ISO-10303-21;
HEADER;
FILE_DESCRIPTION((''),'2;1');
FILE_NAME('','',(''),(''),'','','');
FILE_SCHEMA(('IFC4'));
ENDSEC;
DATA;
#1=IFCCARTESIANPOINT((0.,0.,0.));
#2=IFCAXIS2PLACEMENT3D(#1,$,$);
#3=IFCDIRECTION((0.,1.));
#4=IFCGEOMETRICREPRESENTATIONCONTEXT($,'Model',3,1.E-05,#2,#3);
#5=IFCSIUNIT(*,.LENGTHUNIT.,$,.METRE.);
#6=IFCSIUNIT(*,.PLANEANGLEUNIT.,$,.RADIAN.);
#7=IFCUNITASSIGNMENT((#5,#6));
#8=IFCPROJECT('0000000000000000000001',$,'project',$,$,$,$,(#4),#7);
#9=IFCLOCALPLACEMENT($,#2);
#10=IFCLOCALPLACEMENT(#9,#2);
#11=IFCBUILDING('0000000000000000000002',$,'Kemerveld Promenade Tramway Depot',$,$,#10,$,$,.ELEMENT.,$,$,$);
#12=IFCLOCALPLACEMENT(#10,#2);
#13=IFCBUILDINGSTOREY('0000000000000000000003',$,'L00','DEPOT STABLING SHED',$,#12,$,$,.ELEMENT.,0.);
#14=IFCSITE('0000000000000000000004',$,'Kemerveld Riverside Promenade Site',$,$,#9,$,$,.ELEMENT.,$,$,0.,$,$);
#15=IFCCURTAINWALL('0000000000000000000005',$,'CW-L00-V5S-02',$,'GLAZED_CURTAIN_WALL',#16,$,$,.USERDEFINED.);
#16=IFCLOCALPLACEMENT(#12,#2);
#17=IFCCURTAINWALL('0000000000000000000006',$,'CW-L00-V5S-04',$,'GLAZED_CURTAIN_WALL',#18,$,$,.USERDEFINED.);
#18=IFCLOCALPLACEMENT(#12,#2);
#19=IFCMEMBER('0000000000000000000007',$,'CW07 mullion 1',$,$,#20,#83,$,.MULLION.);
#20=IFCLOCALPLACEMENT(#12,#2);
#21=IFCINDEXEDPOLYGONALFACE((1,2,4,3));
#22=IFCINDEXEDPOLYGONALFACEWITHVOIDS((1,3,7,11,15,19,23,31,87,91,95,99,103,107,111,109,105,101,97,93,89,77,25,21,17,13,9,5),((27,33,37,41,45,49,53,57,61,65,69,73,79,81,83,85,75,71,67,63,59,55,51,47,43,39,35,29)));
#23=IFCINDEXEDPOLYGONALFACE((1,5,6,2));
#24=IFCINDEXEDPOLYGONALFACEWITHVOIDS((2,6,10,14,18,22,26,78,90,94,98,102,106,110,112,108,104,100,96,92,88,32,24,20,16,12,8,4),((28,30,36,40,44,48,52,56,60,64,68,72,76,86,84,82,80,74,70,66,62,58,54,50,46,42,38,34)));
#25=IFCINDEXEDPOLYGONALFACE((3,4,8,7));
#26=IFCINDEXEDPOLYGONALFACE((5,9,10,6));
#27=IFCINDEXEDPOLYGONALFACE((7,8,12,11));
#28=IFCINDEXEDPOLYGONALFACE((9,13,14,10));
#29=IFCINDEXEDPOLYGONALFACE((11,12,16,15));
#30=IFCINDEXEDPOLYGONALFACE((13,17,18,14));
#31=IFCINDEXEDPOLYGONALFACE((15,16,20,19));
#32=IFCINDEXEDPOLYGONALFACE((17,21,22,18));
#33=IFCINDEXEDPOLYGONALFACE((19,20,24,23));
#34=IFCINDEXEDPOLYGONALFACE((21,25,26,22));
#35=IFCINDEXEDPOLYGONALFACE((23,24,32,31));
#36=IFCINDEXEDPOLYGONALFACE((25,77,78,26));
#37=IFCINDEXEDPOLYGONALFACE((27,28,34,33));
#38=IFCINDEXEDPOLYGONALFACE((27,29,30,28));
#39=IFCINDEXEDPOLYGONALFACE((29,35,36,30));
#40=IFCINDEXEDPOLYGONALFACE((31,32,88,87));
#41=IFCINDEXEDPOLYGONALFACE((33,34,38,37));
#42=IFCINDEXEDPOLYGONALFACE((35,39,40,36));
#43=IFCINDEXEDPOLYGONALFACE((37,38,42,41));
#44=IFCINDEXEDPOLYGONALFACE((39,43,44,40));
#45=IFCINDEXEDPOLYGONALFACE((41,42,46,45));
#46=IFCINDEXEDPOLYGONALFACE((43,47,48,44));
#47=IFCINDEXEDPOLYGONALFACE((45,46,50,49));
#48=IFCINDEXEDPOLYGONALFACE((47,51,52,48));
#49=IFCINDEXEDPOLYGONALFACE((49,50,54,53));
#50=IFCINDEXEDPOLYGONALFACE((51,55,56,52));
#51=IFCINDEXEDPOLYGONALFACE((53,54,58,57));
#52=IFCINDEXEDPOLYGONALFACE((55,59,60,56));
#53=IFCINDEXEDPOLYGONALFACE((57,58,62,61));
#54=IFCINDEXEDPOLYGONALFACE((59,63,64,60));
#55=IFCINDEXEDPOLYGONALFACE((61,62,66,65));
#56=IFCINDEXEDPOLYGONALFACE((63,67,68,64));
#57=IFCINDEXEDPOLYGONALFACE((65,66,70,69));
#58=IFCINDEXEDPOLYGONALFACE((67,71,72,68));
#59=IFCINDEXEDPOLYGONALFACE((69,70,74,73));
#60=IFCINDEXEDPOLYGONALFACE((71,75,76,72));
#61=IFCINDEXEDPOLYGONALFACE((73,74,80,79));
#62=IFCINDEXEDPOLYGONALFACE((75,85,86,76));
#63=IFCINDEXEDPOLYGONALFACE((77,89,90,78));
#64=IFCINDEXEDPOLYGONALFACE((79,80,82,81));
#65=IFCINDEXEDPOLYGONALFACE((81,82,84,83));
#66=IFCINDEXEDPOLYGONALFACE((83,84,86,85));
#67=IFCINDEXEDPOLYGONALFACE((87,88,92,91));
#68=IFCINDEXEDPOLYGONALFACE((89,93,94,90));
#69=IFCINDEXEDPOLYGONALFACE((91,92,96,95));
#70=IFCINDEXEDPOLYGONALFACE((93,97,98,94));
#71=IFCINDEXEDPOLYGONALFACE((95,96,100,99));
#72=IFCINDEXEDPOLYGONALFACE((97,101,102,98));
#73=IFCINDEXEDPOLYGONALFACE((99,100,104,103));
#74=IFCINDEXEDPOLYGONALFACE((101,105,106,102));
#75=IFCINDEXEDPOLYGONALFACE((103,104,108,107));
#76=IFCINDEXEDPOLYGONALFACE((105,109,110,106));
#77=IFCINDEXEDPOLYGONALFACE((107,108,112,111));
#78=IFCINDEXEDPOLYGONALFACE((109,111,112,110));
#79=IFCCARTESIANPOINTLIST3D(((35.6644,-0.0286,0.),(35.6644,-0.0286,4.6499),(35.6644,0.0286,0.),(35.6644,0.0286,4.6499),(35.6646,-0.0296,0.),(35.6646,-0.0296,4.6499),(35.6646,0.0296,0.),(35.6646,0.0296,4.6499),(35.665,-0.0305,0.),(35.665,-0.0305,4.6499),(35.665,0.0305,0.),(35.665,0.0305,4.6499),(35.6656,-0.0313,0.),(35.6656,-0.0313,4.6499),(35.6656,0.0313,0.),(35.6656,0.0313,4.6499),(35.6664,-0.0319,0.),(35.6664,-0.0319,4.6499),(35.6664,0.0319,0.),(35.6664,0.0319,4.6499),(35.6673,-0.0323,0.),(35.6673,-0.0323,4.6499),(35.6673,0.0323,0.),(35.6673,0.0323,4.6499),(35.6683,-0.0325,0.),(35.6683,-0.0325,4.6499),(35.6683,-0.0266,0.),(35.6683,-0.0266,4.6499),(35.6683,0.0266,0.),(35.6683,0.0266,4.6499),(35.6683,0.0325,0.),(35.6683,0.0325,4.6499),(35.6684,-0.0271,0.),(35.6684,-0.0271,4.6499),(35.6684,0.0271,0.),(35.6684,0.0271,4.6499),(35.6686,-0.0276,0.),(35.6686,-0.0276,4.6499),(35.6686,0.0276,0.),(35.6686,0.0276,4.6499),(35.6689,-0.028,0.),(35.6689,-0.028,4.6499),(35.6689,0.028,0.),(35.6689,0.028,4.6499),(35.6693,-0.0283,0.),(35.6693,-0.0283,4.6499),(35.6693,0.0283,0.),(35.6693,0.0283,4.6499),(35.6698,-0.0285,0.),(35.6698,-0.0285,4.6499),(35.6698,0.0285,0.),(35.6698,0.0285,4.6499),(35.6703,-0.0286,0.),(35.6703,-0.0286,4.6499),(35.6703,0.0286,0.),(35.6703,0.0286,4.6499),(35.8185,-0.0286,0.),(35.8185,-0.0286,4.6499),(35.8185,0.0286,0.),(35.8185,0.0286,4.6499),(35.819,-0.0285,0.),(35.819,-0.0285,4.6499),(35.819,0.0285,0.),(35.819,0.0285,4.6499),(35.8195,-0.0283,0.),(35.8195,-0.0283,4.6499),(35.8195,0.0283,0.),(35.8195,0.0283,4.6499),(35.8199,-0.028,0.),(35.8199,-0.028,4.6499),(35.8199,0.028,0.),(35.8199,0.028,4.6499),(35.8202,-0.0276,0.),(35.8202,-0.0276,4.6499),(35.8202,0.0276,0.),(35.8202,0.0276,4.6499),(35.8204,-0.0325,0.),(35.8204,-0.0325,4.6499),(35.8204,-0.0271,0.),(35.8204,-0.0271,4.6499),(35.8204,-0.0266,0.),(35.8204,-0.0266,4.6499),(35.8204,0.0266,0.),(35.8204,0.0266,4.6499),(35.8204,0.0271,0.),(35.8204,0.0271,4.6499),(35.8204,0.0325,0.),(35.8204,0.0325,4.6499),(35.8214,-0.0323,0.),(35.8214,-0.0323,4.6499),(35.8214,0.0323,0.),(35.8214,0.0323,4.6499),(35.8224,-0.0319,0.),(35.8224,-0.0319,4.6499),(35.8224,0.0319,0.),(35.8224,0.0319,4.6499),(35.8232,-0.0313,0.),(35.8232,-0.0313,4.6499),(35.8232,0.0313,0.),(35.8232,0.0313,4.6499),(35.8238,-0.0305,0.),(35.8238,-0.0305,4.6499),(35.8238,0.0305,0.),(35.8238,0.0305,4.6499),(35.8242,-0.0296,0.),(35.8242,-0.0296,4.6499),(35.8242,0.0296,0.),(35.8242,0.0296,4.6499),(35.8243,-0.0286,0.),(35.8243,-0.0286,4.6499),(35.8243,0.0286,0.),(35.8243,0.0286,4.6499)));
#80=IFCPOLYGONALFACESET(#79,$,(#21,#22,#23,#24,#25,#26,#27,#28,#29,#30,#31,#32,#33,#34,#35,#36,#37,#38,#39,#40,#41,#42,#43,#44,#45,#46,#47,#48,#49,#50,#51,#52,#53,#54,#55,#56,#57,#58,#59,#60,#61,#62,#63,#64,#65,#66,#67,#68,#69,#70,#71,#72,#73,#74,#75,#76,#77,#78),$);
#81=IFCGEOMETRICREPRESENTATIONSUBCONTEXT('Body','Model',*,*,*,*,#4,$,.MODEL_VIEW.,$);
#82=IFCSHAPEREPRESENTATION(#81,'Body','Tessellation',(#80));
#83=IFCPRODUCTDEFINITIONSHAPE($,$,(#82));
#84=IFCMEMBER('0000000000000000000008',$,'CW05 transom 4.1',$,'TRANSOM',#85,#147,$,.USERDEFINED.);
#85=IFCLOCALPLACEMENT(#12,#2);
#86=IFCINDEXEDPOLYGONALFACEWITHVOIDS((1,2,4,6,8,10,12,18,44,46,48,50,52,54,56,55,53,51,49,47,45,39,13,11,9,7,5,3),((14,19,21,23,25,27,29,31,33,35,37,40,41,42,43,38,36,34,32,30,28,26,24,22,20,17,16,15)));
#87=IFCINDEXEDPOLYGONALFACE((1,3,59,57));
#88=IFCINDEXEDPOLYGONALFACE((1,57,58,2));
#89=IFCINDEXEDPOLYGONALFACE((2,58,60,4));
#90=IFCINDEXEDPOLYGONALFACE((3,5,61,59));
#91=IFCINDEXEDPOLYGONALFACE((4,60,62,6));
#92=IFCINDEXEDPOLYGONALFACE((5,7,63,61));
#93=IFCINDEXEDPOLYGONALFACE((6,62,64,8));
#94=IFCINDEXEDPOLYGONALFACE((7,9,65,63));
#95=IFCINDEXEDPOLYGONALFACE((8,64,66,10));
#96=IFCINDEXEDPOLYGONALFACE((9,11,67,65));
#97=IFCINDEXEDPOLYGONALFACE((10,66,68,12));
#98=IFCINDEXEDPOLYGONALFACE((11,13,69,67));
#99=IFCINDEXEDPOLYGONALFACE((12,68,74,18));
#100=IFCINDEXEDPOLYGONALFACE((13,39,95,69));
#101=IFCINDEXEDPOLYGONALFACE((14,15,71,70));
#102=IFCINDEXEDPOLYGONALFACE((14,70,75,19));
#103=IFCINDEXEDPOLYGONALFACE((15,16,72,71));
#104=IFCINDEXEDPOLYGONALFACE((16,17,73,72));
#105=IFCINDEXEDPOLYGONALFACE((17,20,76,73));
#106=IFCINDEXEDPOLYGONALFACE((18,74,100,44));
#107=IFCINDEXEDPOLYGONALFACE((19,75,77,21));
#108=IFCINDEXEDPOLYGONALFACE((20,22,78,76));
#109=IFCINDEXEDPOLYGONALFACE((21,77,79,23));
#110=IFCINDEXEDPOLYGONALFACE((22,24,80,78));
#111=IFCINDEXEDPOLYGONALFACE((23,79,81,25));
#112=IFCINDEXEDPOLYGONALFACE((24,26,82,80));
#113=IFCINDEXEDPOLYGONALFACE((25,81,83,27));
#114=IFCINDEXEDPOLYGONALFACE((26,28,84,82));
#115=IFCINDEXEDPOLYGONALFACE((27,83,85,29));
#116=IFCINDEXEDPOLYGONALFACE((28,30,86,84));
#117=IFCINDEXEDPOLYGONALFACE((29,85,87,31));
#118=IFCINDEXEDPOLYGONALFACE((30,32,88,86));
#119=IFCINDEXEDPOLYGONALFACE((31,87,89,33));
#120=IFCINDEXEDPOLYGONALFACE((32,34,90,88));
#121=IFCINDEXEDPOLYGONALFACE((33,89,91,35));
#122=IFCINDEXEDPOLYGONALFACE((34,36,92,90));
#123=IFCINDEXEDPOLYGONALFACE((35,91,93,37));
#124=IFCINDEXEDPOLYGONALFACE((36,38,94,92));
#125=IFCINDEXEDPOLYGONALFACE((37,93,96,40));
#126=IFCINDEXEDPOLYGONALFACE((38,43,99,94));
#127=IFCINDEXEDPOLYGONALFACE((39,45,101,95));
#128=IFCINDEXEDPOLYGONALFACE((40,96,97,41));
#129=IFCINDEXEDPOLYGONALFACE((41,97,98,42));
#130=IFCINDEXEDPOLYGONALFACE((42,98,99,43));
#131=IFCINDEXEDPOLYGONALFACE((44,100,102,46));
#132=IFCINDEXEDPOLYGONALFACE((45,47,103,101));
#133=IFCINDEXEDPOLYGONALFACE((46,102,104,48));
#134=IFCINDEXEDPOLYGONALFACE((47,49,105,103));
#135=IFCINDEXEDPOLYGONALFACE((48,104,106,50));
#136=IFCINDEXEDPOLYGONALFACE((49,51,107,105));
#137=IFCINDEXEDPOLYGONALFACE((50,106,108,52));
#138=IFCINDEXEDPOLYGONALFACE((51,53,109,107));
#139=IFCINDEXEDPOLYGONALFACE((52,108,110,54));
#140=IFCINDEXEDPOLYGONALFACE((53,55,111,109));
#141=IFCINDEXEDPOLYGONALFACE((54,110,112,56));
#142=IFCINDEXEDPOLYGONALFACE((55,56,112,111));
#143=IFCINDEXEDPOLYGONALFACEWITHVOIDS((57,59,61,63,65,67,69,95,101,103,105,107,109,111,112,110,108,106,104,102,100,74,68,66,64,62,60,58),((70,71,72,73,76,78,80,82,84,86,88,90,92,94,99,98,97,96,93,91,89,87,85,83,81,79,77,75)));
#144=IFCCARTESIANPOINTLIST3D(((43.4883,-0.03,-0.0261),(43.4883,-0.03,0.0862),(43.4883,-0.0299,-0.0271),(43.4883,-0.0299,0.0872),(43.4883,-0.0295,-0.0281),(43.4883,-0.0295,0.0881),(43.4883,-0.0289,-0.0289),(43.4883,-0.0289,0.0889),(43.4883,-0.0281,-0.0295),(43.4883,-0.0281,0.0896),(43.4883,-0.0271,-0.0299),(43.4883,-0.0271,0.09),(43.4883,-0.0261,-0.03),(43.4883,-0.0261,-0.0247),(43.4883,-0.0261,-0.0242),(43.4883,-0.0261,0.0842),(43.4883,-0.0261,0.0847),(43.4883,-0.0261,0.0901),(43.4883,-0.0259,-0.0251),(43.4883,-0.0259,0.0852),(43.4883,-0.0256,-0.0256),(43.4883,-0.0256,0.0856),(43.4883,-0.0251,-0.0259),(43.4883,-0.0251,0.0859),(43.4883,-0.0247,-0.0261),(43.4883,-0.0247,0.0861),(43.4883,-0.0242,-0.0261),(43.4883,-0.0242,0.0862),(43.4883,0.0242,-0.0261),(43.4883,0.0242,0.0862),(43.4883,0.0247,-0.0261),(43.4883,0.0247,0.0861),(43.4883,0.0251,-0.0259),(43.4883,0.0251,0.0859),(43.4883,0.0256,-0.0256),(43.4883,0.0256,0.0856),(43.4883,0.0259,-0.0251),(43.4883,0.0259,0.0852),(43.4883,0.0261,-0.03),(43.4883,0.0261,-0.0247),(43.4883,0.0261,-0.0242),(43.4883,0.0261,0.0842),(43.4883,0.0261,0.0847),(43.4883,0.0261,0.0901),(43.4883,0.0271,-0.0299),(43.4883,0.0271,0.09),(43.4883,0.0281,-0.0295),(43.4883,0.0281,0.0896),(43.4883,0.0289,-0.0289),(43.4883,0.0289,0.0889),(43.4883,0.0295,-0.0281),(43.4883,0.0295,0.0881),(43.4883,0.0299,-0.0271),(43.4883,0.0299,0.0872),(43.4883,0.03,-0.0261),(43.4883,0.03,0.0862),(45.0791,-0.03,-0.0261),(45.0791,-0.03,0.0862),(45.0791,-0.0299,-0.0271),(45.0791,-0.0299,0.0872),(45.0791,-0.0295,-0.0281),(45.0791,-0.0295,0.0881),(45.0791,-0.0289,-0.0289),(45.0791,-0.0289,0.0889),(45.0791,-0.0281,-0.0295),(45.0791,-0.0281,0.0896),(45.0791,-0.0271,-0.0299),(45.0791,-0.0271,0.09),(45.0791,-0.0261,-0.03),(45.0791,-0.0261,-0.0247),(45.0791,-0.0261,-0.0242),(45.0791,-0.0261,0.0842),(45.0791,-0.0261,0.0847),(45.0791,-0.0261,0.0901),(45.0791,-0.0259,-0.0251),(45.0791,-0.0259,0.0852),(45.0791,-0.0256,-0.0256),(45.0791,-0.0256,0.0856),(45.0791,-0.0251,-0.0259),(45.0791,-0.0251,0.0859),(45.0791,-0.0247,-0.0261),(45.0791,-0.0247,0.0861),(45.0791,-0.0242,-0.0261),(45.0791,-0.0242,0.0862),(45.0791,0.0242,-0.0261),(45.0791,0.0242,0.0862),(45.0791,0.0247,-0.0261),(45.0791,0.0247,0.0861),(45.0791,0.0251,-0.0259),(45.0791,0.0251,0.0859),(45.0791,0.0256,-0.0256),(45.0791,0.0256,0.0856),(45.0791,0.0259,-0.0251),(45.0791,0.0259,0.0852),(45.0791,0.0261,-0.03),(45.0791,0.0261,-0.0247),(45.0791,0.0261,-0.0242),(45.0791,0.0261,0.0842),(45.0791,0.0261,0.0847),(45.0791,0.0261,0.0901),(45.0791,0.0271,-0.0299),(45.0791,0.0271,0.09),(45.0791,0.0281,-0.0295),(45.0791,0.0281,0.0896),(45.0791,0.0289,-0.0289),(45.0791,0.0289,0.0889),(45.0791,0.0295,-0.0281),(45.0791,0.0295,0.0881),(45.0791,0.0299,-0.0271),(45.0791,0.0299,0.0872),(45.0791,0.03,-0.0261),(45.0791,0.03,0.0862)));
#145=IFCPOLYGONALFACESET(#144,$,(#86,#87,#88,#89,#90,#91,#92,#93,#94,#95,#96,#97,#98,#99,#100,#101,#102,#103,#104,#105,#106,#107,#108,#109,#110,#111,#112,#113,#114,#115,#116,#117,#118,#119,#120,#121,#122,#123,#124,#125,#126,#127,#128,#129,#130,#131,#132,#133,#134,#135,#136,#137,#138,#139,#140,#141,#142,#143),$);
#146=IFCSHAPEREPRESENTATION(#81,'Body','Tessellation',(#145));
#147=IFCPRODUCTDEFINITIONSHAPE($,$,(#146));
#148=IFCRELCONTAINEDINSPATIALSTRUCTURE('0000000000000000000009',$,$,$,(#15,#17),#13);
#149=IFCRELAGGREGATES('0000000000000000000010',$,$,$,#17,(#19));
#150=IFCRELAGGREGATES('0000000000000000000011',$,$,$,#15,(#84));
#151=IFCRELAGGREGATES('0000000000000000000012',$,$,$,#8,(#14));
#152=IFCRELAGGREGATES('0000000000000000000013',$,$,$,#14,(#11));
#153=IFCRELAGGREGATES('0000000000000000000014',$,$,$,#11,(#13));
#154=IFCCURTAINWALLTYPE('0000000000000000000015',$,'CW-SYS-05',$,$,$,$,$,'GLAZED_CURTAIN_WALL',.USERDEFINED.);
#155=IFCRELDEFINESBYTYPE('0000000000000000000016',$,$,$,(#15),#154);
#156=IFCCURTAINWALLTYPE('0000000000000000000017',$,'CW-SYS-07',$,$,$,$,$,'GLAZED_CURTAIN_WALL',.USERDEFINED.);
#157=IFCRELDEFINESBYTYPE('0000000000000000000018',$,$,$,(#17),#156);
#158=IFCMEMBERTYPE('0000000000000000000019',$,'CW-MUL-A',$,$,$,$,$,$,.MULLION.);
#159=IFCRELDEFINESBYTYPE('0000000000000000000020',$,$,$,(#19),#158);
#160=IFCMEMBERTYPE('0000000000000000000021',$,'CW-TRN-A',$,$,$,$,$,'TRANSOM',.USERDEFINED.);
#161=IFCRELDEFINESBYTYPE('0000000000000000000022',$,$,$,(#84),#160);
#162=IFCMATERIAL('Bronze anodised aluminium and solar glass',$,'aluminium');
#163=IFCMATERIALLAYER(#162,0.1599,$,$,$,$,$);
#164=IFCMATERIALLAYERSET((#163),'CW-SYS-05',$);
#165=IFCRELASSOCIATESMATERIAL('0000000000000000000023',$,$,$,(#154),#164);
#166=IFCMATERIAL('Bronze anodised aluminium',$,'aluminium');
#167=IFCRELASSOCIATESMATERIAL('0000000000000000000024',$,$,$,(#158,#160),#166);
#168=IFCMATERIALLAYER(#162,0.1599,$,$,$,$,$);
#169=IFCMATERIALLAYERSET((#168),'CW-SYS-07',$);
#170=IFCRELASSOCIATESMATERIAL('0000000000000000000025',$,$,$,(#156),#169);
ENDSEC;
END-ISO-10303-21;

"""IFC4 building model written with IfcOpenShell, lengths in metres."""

from ifc_helpers import new_model, si_unit, direction, frame, origin, origin_2d, place, context, subcontext, project, spatial, hollow_rectangle, extrude, material, layer, layer_set, material_profile, profile_set, type_object, element, aggregate, save


model = new_model("IFC4")

# Units and contexts
model_context = context("Model", 3, precision=1e-05, world=origin(), true_north=direction((0.0, 1.0)))
body_context = subcontext(model_context, "Body", "Model", "MODEL_VIEW")
ifc_project = project(units=[si_unit("LENGTHUNIT", "METRE"), si_unit("PLANEANGLEUNIT", "RADIAN")], contexts=[model_context])

# Site, building, storey
site_placement = place(None, origin())
site = spatial("IfcSite", under=ifc_project, at=site_placement, Name="Kemerveld Riverside Promenade Site", CompositionType="ELEMENT", RefElevation=0.0)
building_placement = place(site_placement, origin())
building = spatial("IfcBuilding", under=site, at=building_placement, Name="Kemerveld Promenade Tramway Depot", CompositionType="ELEMENT")
storey_placement = place(building_placement, origin())
storey = spatial("IfcBuildingStorey", under=building, at=storey_placement, Name="L00", Description="DEPOT STABLING SHED", CompositionType="ELEMENT", Elevation=0.0)

# Curtain wall
ifc_material_1 = material(Name="Bronze anodised aluminium and solar glass", Category="aluminium")
ifc_layer_1 = layer(ifc_material_1, 0.1599)
ifc_layer_set_1 = layer_set([ifc_layer_1], Name="CW-SYS-05")
curtain_wall_type_1 = type_object("IfcCurtainWallType", Name="CW-SYS-05", ElementType="GLAZED_CURTAIN_WALL", PredefinedType="USERDEFINED", material=ifc_layer_set_1)
curtain_wall_1_placement = place(storey_placement, origin())
curtain_wall_1 = element("IfcCurtainWall", 1, at=curtain_wall_1_placement, inside=storey, type_object=curtain_wall_type_1, Name="CW-L00-V5S-02", ObjectType="GLAZED_CURTAIN_WALL", PredefinedType="USERDEFINED")
ifc_material_2 = material(Name="Bronze anodised aluminium", Category="aluminium")
ifc_material_profile_1 = material_profile(ifc_material_2, hollow_rectangle(XDim=0.0649, YDim=0.1599, WallThickness=0.0039, InnerFilletRadius=0.002, OuterFilletRadius=0.0039, at=origin_2d()), Name="CW-MUL-160x65")
ifc_profile_set_1 = profile_set([ifc_material_profile_1], Name="Bronze anodised aluminium")
member_type_1 = type_object("IfcMemberType", Name="CW-MUL-A", PredefinedType="MULLION", material=ifc_profile_set_1)

# Curtain wall, member
ifc_layer_2 = layer(ifc_material_1, 0.1599)
ifc_layer_set_2 = layer_set([ifc_layer_2], Name="CW-SYS-07")
curtain_wall_type_2 = type_object("IfcCurtainWallType", Name="CW-SYS-07", ElementType="GLAZED_CURTAIN_WALL", PredefinedType="USERDEFINED", material=ifc_layer_set_2)
curtain_wall_2_placement = place(storey_placement, origin())
curtain_wall_2 = element("IfcCurtainWall", 2, at=curtain_wall_2_placement, inside=storey, type_object=curtain_wall_type_2, Name="CW-L00-V5S-04", ObjectType="GLAZED_CURTAIN_WALL", PredefinedType="USERDEFINED")
member_1_placement = place(storey_placement, frame((35.7444, 0.0, 0.0), z_axis=(0.0, 0.0, 1.0), x_axis=(0.0, -1.0, 0.0)))
member_1 = element("IfcMember", 3, at=member_1_placement, type_object=member_type_1, Name="CW07 mullion 1", PredefinedType="MULLION", context=body_context, shape_type="SweptSolid", body=[
    extrude(hollow_rectangle(XDim=0.0649, YDim=0.1599, WallThickness=0.0039, InnerFilletRadius=0.002, OuterFilletRadius=0.0039, at=origin_2d()), origin(), (0.0, 0.0, 1.0), 4.6499),
])

# Member
ifc_material_profile_2 = material_profile(ifc_material_2, hollow_rectangle(XDim=0.0601, YDim=0.1201, WallThickness=0.0039, InnerFilletRadius=0.002, OuterFilletRadius=0.0039, at=origin_2d()), Name="CW-TRN-120x60")
ifc_profile_set_2 = profile_set([ifc_material_profile_2], Name="Bronze anodised aluminium")
member_type_2 = type_object("IfcMemberType", Name="CW-TRN-A", ElementType="TRANSOM", PredefinedType="USERDEFINED", material=ifc_profile_set_2)
member_2_placement = place(storey_placement, frame((45.0791, 0.0, 0.03), z_axis=(-1.0, 0.0, 0.0), x_axis=(0.0, -1.0, 0.0)))
member_2 = element("IfcMember", 4, at=member_2_placement, type_object=member_type_2, Name="CW05 transom 4.1", ObjectType="TRANSOM", PredefinedType="USERDEFINED", context=body_context, shape_type="SweptSolid", body=[
    extrude(hollow_rectangle(XDim=0.0601, YDim=0.1201, WallThickness=0.0039, InnerFilletRadius=0.002, OuterFilletRadius=0.0039, at=origin_2d()), origin(), (0.0, 0.0, 1.0), 1.5908),
])
aggregate(curtain_wall_2, [member_1])

aggregate(curtain_wall_1, [member_2])

save(model, "model.ifc")
